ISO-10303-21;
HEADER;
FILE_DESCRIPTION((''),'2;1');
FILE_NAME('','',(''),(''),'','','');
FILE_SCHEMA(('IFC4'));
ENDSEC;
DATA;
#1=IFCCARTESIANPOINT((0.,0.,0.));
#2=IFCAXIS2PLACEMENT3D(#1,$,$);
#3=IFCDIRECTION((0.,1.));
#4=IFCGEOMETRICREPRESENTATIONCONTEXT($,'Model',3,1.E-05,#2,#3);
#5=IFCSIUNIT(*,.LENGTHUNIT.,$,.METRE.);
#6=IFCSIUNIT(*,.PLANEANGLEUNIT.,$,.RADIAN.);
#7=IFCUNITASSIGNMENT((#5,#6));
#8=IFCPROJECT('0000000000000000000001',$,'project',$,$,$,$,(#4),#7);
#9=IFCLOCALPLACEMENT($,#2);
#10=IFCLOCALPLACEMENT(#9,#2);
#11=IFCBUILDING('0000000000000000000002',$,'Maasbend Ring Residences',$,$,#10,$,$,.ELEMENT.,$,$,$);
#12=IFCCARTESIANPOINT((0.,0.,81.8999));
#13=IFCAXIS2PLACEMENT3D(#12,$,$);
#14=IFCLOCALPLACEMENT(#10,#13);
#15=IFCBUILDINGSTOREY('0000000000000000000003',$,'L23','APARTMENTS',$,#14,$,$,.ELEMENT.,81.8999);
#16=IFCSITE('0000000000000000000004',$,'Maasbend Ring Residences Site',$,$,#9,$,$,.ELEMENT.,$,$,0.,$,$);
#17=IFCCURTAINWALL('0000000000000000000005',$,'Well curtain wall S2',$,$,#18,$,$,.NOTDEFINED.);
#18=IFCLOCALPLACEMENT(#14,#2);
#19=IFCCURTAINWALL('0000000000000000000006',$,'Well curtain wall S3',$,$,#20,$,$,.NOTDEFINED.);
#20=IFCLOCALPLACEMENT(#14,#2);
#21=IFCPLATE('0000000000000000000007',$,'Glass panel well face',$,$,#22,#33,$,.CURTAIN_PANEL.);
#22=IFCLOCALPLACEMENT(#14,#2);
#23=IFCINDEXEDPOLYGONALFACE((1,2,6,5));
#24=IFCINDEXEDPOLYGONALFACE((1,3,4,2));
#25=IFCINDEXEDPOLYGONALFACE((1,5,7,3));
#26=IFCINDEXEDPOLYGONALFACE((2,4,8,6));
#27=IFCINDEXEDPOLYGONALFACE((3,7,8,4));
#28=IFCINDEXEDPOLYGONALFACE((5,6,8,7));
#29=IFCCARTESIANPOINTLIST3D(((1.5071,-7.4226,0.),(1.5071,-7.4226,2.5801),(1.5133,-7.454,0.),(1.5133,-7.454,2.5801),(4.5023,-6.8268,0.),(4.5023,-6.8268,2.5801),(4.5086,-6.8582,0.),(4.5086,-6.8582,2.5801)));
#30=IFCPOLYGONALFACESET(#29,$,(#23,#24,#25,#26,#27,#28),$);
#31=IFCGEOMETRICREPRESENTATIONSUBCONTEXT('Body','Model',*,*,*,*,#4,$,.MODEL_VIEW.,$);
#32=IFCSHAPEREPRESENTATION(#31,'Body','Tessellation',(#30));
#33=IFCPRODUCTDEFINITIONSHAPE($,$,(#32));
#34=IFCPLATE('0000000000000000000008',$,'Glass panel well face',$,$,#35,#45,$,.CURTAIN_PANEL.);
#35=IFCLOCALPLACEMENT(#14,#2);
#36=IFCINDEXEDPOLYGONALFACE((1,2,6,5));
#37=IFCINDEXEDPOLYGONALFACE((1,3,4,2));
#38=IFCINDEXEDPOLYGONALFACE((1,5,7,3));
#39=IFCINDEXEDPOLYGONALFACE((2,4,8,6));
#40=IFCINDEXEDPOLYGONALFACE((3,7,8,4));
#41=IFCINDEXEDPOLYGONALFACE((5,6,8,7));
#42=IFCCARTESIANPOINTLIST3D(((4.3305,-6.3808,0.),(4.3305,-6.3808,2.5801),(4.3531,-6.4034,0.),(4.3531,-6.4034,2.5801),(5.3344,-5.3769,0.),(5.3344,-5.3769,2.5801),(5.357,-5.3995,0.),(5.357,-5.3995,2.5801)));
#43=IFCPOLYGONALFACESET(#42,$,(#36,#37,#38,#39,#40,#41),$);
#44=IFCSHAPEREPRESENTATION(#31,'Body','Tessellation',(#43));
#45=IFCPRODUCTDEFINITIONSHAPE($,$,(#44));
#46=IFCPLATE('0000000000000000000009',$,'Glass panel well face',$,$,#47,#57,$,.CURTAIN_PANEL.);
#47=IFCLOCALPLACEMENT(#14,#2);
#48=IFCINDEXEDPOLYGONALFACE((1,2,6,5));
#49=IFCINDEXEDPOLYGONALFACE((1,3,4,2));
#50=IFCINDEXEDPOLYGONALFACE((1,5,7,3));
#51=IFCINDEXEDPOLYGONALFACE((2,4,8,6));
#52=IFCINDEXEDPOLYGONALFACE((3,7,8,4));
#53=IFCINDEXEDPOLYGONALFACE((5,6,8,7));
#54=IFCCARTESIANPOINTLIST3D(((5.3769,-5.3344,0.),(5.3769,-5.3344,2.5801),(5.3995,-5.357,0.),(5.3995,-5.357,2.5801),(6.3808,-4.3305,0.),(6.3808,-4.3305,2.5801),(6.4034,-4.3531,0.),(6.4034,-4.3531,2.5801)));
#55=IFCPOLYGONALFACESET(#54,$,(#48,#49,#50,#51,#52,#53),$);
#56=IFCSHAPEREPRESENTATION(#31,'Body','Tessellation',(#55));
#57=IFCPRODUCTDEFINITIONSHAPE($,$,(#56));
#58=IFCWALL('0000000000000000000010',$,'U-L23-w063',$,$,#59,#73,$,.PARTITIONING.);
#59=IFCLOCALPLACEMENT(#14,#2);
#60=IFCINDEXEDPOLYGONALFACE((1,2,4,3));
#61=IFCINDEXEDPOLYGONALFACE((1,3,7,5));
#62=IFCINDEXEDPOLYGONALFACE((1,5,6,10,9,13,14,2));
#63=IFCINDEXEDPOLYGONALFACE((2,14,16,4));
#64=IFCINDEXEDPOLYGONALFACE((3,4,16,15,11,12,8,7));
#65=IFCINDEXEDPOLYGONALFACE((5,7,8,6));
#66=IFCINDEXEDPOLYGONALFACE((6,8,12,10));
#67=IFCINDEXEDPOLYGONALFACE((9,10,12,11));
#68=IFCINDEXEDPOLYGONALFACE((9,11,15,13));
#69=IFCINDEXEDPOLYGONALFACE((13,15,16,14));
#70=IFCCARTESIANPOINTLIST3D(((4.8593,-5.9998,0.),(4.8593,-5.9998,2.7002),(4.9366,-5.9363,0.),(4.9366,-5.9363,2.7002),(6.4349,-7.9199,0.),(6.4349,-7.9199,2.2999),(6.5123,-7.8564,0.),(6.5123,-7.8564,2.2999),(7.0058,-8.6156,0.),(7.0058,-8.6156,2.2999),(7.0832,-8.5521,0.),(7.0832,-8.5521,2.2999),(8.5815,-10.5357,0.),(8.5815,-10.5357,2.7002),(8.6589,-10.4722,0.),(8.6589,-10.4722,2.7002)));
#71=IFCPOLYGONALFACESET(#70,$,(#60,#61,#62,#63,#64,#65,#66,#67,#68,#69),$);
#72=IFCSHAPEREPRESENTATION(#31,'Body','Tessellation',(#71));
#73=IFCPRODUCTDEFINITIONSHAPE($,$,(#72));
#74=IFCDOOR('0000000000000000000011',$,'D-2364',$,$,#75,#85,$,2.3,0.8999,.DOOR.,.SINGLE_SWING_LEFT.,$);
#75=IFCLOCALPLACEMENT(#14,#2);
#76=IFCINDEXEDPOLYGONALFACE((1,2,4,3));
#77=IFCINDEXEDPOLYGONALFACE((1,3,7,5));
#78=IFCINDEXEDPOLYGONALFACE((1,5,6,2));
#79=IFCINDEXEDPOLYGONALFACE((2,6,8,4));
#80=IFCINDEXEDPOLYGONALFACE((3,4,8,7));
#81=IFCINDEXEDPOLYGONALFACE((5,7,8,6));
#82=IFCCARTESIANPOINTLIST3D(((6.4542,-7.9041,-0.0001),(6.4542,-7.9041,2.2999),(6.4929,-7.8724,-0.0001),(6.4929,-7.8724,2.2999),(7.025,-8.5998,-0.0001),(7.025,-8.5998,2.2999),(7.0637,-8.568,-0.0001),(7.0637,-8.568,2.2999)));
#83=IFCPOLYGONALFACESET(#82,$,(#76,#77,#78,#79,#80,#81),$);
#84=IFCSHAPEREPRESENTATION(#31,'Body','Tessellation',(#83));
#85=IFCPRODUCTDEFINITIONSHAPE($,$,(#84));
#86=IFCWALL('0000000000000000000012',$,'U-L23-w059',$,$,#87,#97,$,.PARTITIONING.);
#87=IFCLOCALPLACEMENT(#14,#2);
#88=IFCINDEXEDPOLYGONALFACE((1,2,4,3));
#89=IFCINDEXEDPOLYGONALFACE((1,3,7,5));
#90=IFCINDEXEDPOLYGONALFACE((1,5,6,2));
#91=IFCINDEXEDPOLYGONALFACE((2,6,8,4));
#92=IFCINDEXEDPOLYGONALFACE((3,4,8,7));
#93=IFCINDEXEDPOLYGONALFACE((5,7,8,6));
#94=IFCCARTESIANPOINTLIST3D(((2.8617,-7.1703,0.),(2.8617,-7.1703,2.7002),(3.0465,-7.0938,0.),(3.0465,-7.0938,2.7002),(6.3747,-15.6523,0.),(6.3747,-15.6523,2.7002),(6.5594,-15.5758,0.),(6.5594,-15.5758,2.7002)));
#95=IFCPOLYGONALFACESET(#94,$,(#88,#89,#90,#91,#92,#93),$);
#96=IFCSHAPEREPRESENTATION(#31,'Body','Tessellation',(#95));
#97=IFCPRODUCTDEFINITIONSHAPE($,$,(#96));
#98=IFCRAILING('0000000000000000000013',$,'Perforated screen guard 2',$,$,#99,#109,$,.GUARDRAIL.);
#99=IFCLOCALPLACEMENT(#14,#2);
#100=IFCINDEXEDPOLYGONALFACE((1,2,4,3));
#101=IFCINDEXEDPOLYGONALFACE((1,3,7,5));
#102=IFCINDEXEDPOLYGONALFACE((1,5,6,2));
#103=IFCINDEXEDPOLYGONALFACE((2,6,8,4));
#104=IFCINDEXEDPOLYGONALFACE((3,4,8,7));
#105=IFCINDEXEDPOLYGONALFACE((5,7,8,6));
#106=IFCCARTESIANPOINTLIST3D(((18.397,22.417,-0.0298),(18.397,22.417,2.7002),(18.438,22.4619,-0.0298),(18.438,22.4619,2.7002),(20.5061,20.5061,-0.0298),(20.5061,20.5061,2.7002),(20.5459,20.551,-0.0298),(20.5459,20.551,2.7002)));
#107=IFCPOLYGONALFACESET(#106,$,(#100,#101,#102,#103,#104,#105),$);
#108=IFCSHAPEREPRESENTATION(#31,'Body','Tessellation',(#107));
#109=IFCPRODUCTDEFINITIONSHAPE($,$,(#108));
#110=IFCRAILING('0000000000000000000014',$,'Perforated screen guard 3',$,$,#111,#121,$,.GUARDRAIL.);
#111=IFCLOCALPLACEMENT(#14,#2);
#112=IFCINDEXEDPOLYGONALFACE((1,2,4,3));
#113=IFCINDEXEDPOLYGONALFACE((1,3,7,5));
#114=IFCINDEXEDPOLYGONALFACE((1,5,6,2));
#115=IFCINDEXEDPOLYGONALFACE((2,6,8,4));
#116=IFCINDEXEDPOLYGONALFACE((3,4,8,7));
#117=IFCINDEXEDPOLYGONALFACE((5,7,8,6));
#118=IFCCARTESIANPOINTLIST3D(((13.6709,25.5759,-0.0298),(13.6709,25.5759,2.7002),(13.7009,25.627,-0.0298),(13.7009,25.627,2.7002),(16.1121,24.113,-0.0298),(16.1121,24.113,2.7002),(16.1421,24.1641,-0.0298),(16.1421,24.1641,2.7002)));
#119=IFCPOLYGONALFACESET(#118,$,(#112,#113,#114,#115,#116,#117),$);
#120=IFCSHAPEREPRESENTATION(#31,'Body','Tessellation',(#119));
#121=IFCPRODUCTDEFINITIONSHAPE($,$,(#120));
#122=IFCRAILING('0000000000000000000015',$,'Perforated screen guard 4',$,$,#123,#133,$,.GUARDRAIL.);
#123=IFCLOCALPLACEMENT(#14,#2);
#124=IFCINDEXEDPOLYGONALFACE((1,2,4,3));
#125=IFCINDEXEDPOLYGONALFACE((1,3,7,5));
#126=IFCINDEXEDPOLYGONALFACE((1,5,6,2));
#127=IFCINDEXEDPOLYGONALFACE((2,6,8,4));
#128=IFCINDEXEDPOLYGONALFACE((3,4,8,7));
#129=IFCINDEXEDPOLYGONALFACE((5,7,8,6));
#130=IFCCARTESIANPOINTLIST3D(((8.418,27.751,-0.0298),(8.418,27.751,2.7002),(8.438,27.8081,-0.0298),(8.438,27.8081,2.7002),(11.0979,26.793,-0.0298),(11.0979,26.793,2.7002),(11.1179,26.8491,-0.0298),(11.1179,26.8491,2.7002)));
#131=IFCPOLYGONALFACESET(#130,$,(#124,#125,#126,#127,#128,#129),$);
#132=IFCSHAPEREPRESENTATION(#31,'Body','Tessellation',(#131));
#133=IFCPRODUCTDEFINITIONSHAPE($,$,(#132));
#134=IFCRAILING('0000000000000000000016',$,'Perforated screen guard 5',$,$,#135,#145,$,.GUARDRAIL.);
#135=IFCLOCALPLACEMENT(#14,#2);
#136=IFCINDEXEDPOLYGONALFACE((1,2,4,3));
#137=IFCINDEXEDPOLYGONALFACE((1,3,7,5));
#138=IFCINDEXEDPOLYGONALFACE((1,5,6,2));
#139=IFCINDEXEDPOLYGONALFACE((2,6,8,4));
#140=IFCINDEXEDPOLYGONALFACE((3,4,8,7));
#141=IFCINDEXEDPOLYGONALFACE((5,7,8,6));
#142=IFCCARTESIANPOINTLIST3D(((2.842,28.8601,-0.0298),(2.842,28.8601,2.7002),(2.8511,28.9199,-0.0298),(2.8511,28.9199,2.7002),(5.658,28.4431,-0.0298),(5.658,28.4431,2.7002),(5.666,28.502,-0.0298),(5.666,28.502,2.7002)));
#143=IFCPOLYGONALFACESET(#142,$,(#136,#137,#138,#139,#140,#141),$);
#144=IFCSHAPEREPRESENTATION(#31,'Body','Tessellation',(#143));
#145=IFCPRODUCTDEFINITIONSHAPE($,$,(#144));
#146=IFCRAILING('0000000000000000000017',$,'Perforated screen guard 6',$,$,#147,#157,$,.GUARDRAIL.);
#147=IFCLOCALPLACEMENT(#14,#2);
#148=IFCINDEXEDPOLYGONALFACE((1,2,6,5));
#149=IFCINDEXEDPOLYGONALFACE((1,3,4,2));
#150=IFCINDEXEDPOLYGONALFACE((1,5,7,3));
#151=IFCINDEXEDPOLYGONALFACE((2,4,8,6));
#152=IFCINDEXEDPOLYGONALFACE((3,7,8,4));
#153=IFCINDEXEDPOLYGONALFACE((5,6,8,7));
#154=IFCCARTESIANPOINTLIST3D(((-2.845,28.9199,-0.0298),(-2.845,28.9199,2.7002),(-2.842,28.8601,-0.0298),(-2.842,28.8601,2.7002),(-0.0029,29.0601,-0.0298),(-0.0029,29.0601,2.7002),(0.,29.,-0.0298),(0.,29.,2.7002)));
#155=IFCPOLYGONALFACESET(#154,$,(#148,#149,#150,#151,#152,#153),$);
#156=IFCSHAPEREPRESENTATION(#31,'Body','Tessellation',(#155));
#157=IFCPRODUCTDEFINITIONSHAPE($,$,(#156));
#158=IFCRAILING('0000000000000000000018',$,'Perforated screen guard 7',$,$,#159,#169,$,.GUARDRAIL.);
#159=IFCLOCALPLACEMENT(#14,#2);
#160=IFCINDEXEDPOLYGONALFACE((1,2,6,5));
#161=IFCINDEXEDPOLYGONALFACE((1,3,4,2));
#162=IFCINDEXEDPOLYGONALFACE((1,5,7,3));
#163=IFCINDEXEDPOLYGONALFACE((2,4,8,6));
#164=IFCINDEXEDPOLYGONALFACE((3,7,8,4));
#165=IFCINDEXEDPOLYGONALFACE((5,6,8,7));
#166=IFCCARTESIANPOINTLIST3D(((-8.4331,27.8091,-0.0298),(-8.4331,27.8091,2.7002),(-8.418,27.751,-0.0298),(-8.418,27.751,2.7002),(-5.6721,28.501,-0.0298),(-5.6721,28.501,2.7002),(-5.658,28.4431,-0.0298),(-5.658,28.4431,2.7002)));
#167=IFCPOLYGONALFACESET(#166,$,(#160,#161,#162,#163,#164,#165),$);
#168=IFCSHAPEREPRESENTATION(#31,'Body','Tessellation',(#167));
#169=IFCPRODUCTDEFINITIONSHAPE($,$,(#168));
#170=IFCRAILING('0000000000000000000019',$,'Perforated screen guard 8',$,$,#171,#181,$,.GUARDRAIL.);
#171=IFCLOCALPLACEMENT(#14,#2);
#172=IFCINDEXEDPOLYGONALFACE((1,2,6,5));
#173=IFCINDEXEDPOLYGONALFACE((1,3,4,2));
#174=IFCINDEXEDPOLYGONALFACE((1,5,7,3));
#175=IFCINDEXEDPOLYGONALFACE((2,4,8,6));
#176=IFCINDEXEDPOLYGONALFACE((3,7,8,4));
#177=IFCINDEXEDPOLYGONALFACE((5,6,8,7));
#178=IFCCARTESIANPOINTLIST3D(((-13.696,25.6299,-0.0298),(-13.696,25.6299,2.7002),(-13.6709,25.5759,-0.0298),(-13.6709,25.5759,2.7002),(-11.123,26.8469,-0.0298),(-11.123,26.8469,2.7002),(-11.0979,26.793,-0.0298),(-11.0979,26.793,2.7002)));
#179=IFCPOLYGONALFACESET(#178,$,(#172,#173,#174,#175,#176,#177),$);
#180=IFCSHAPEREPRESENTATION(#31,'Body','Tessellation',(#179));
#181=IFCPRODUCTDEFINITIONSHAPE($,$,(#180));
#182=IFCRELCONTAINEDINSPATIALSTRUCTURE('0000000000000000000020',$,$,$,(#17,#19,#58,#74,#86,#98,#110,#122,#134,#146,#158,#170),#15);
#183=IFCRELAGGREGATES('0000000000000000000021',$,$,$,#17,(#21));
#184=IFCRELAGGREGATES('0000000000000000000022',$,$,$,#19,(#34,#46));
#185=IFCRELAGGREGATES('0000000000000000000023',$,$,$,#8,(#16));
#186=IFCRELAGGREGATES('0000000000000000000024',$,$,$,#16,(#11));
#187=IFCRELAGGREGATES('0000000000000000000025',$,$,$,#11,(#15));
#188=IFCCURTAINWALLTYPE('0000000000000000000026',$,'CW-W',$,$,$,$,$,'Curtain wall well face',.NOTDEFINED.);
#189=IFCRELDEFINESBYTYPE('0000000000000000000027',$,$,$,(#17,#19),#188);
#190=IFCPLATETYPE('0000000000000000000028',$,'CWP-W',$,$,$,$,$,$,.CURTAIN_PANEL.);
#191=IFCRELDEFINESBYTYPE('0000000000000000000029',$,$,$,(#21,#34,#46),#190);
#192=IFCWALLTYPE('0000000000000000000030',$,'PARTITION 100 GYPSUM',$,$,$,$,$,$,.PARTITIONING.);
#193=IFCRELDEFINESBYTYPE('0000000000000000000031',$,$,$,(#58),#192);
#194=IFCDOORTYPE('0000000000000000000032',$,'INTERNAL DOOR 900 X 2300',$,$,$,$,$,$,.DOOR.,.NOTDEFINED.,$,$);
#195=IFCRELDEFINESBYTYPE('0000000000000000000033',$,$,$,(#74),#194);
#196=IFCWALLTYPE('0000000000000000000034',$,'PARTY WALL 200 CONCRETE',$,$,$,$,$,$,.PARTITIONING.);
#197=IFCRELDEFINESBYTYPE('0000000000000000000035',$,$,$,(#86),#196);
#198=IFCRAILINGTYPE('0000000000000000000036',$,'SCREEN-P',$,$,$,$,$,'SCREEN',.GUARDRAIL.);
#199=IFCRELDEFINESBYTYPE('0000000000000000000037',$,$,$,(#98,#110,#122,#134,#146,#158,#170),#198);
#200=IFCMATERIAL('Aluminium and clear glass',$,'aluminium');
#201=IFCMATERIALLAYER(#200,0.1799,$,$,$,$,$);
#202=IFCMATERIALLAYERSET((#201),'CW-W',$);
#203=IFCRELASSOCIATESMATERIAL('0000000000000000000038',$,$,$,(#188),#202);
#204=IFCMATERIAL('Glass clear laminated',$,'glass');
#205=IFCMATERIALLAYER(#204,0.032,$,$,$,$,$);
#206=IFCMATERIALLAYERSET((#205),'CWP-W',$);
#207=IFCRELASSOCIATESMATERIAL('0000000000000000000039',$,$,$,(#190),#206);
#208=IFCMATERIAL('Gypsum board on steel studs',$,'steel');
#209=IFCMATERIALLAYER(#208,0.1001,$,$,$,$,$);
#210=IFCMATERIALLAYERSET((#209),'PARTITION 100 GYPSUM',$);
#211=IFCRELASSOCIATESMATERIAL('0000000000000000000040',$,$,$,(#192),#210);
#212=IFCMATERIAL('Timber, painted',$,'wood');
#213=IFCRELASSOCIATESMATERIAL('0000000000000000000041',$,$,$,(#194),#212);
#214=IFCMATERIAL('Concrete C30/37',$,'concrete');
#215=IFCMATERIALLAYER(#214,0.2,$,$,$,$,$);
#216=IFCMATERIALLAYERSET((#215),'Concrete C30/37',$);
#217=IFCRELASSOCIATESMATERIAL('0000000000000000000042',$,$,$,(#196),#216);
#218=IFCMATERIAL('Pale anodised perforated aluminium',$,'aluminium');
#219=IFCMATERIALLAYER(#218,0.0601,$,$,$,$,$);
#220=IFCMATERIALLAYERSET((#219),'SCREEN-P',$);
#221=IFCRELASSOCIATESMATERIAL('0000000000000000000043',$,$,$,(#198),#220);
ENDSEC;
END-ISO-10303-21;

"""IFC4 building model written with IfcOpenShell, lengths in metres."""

from ifc_helpers import new_model, si_unit, direction, frame, frame_2d, origin, origin_2d, place, context, subcontext, project, spatial, polyline, rectangle, outline, extrude, material, layer, layer_set, type_object, element, fill, aggregate, save


model = new_model("IFC4")

# Units and contexts
model_context = context("Model", 3, precision=1e-05, world=origin(), true_north=direction((0.0, 1.0)))
body_context = subcontext(model_context, "Body", "Model", "MODEL_VIEW")
ifc_project = project(units=[si_unit("LENGTHUNIT", "METRE"), si_unit("PLANEANGLEUNIT", "RADIAN")], contexts=[model_context])

# Site, building, storey
site_placement = place(None, origin())
site = spatial("IfcSite", under=ifc_project, at=site_placement, Name="Maasbend Ring Residences Site", CompositionType="ELEMENT", RefElevation=0.0)
building_placement = place(site_placement, origin())
building = spatial("IfcBuilding", under=site, at=building_placement, Name="Maasbend Ring Residences", CompositionType="ELEMENT")
storey_placement = place(building_placement, frame((0.0, 0.0, 81.8999)))
storey = spatial("IfcBuildingStorey", under=building, at=storey_placement, Name="L23", Description="APARTMENTS", CompositionType="ELEMENT", Elevation=81.8999)

# Curtain walls
ifc_material_1 = material(Name="Aluminium and clear glass", Category="aluminium")
ifc_layer_1 = layer(ifc_material_1, 0.1799)
ifc_layer_set_1 = layer_set([ifc_layer_1], Name="CW-W")
curtain_wall_type = type_object("IfcCurtainWallType", Name="CW-W", ElementType="Curtain wall well face", PredefinedType="NOTDEFINED", material=ifc_layer_set_1)
curtain_wall_1_placement = place(storey_placement, origin())
curtain_wall_1 = element("IfcCurtainWall", 1, at=curtain_wall_1_placement, inside=storey, type_object=curtain_wall_type, Name="Well curtain wall S2", PredefinedType="NOTDEFINED")
curtain_wall_2_placement = place(storey_placement, origin())
curtain_wall_2 = element("IfcCurtainWall", 2, at=curtain_wall_2_placement, inside=storey, type_object=curtain_wall_type, Name="Well curtain wall S3", PredefinedType="NOTDEFINED")

# Plates
ifc_material_2 = material(Name="Glass clear laminated", Category="glass")
ifc_layer_2 = layer(ifc_material_2, 0.032)
ifc_layer_set_2 = layer_set([ifc_layer_2], Name="CWP-W")
plate_type = type_object("IfcPlateType", Name="CWP-W", PredefinedType="CURTAIN_PANEL", material=ifc_layer_set_2)
plate_1_placement = place(storey_placement, frame((3.0078, -7.1404, 0.0), z_axis=(0.0, 0.0, 1.0), x_axis=(0.980785, 0.19509, 0.0)))
plate_1 = element("IfcPlate", 3, at=plate_1_placement, type_object=plate_type, Name="Glass panel well face", PredefinedType="CURTAIN_PANEL", context=body_context, shape_type="SweptSolid", body=[
    extrude(rectangle(XDim=3.054, YDim=0.032, at=origin_2d()), origin(), (0.0, 0.0, 1.0), 2.5801),
])
aggregate(curtain_wall_1, [plate_1])
plate_2_placement = place(storey_placement, frame((4.8438, -5.8901, 0.0), z_axis=(0.0, 0.0, 1.0), x_axis=(0.707107, 0.707107, 0.0)))
plate_2 = element("IfcPlate", 4, at=plate_2_placement, type_object=plate_type, Name="Glass panel well face", PredefinedType="CURTAIN_PANEL", context=body_context, shape_type="SweptSolid", body=[
    extrude(rectangle(XDim=1.4197, YDim=0.032, at=origin_2d()), origin(), (0.0, 0.0, 1.0), 2.5801),
])
plate_3_placement = place(storey_placement, frame((5.8901, -4.8438, 0.0), z_axis=(0.0, 0.0, 1.0), x_axis=(0.707107, 0.707107, 0.0)))
plate_3 = element("IfcPlate", 5, at=plate_3_placement, type_object=plate_type, Name="Glass panel well face", PredefinedType="CURTAIN_PANEL", context=body_context, shape_type="SweptSolid", body=[
    extrude(rectangle(XDim=1.4197, YDim=0.032, at=origin_2d()), origin(), (0.0, 0.0, 1.0), 2.5801),
])
aggregate(curtain_wall_2, [plate_2, plate_3])

# Wall, opening, door
ifc_material_3 = material(Name="Gypsum board on steel studs", Category="steel")
ifc_layer_3 = layer(ifc_material_3, 0.1001)
ifc_layer_set_3 = layer_set([ifc_layer_3], Name="PARTITION 100 GYPSUM")
wall_type_1 = type_object("IfcWallType", Name="PARTITION 100 GYPSUM", PredefinedType="PARTITIONING", material=ifc_layer_set_3)
wall_1_placement = place(storey_placement, frame((4.8979, -5.968, 0.0), z_axis=(0.0, 0.0, 1.0), x_axis=(0.634359, -0.773039, 0.0)))
wall_1 = element("IfcWall", 6, at=wall_1_placement, inside=storey, type_object=wall_type_1, Name="U-L23-w063", PredefinedType="PARTITIONING", context=body_context, shape_type="SweptSolid", body=[
    extrude(rectangle(XDim=5.8677, YDim=0.1001, at=frame_2d((2.9338, 0.0))), origin(), (0.0, 0.0, 1.0), 2.7002),
])
opening_placement = place(wall_1_placement, frame((2.4839, 0.0, 0.0)))
opening = element("IfcOpeningElement", 7, at=opening_placement, cuts=wall_1, PredefinedType="OPENING", context=body_context, shape_type="SweptSolid", body=[
    extrude(rectangle(XDim=0.8999, YDim=2.3, at=frame_2d((0.45, 1.1499))), frame((0.0, 0.0601, 0.0), z_axis=(0.0, -1.0, 0.0), x_axis=(1.0, 0.0, 0.0)), (0.0, 0.0, 1.0), 0.1201),
])
ifc_material_4 = material(Name="Timber, painted", Category="wood")
door_type = type_object("IfcDoorType", Name="INTERNAL DOOR 900 X 2300", OperationType="NOTDEFINED", PredefinedType="DOOR", material=ifc_material_4)
door_placement = place(opening_placement, origin())
door = element("IfcDoor", 8, at=door_placement, inside=storey, type_object=door_type, Name="D-2364", OperationType="SINGLE_SWING_LEFT", OverallHeight=2.3, OverallWidth=0.8999, PredefinedType="DOOR", context=body_context, shape_type="SweptSolid", body=[
    extrude(rectangle(XDim=0.8999, YDim=2.3, at=frame_2d((0.45, 1.1499))), frame((0.0, 0.0249, 0.0), z_axis=(0.0, -1.0, 0.0), x_axis=(1.0, 0.0, 0.0)), (0.0, 0.0, 1.0), 0.05),
])
fill(opening, door)

# Wall
ifc_material_5 = material(Name="Concrete C30/37", Category="concrete")
ifc_layer_4 = layer(ifc_material_5, 0.2)
ifc_layer_set_4 = layer_set([ifc_layer_4], Name="Concrete C30/37")
wall_type_2 = type_object("IfcWallType", Name="PARTY WALL 200 CONCRETE", PredefinedType="PARTITIONING", material=ifc_layer_set_4)
wall_2_placement = place(storey_placement, frame((2.9541, -7.1321, 0.0), z_axis=(0.0, 0.0, 1.0), x_axis=(0.382647, -0.923895, 0.0)))
element("IfcWall", 9, at=wall_2_placement, inside=storey, type_object=wall_type_2, Name="U-L23-w059", PredefinedType="PARTITIONING", context=body_context, shape_type="SweptSolid", body=[
    extrude(rectangle(XDim=9.1807, YDim=0.2, at=frame_2d((4.5903, 0.0))), origin(), (0.0, 0.0, 1.0), 2.7002),
])

# Railings
ifc_material_6 = material(Name="Pale anodised perforated aluminium", Category="aluminium")
ifc_layer_5 = layer(ifc_material_6, 0.0601)
ifc_layer_set_5 = layer_set([ifc_layer_5], Name="SCREEN-P")
railing_type = type_object("IfcRailingType", Name="SCREEN-P", ElementType="SCREEN", PredefinedType="GUARDRAIL", material=ifc_layer_set_5)
railing_1_placement = place(storey_placement, frame((0.0, 0.0, -0.0298)))
element("IfcRailing", 10, at=railing_1_placement, inside=storey, type_object=railing_type, Name="Perforated screen guard 2", PredefinedType="GUARDRAIL", context=body_context, shape_type="SweptSolid", body=[
    extrude(outline(polyline([(20.5061, 20.5061), (18.397, 22.417), (18.438, 22.4619), (20.5459, 20.551), (20.5061, 20.5061)])), origin(), (0.0, 0.0, 1.0), 2.73),
])
railing_2_placement = place(storey_placement, frame((0.0, 0.0, -0.0298)))
element("IfcRailing", 11, at=railing_2_placement, inside=storey, type_object=railing_type, Name="Perforated screen guard 3", PredefinedType="GUARDRAIL", context=body_context, shape_type="SweptSolid", body=[
    extrude(outline(polyline([(16.1121, 24.113), (13.6709, 25.5759), (13.7009, 25.627), (16.1421, 24.1641), (16.1121, 24.113)])), origin(), (0.0, 0.0, 1.0), 2.73),
])
railing_3_placement = place(storey_placement, frame((0.0, 0.0, -0.0298)))
element("IfcRailing", 12, at=railing_3_placement, inside=storey, type_object=railing_type, Name="Perforated screen guard 4", PredefinedType="GUARDRAIL", context=body_context, shape_type="SweptSolid", body=[
    extrude(outline(polyline([(11.0979, 26.793), (8.418, 27.751), (8.438, 27.8081), (11.1179, 26.8491), (11.0979, 26.793)])), origin(), (0.0, 0.0, 1.0), 2.73),
])
railing_4_placement = place(storey_placement, frame((0.0, 0.0, -0.0298)))
element("IfcRailing", 13, at=railing_4_placement, inside=storey, type_object=railing_type, Name="Perforated screen guard 5", PredefinedType="GUARDRAIL", context=body_context, shape_type="SweptSolid", body=[
    extrude(outline(polyline([(5.658, 28.4431), (2.842, 28.8601), (2.8511, 28.9199), (5.666, 28.502), (5.658, 28.4431)])), origin(), (0.0, 0.0, 1.0), 2.73),
])
railing_5_placement = place(storey_placement, frame((0.0, 0.0, -0.0298)))
element("IfcRailing", 14, at=railing_5_placement, inside=storey, type_object=railing_type, Name="Perforated screen guard 6", PredefinedType="GUARDRAIL", context=body_context, shape_type="SweptSolid", body=[
    extrude(outline(polyline([(0.0, 29.0), (-2.842, 28.8601), (-2.845, 28.9199), (-0.0029, 29.0601), (0.0, 29.0)])), origin(), (0.0, 0.0, 1.0), 2.73),
])
railing_6_placement = place(storey_placement, frame((0.0, 0.0, -0.0298)))
element("IfcRailing", 15, at=railing_6_placement, inside=storey, type_object=railing_type, Name="Perforated screen guard 7", PredefinedType="GUARDRAIL", context=body_context, shape_type="SweptSolid", body=[
    extrude(outline(polyline([(-5.658, 28.4431), (-8.418, 27.751), (-8.4331, 27.8091), (-5.6721, 28.501), (-5.658, 28.4431)])), origin(), (0.0, 0.0, 1.0), 2.73),
])
railing_7_placement = place(storey_placement, frame((0.0, 0.0, -0.0298)))
element("IfcRailing", 16, at=railing_7_placement, inside=storey, type_object=railing_type, Name="Perforated screen guard 8", PredefinedType="GUARDRAIL", context=body_context, shape_type="SweptSolid", body=[
    extrude(outline(polyline([(-11.0979, 26.793), (-13.6709, 25.5759), (-13.696, 25.6299), (-11.123, 26.8469), (-11.0979, 26.793)])), origin(), (0.0, 0.0, 1.0), 2.73),
])

save(model, "model.ifc")
